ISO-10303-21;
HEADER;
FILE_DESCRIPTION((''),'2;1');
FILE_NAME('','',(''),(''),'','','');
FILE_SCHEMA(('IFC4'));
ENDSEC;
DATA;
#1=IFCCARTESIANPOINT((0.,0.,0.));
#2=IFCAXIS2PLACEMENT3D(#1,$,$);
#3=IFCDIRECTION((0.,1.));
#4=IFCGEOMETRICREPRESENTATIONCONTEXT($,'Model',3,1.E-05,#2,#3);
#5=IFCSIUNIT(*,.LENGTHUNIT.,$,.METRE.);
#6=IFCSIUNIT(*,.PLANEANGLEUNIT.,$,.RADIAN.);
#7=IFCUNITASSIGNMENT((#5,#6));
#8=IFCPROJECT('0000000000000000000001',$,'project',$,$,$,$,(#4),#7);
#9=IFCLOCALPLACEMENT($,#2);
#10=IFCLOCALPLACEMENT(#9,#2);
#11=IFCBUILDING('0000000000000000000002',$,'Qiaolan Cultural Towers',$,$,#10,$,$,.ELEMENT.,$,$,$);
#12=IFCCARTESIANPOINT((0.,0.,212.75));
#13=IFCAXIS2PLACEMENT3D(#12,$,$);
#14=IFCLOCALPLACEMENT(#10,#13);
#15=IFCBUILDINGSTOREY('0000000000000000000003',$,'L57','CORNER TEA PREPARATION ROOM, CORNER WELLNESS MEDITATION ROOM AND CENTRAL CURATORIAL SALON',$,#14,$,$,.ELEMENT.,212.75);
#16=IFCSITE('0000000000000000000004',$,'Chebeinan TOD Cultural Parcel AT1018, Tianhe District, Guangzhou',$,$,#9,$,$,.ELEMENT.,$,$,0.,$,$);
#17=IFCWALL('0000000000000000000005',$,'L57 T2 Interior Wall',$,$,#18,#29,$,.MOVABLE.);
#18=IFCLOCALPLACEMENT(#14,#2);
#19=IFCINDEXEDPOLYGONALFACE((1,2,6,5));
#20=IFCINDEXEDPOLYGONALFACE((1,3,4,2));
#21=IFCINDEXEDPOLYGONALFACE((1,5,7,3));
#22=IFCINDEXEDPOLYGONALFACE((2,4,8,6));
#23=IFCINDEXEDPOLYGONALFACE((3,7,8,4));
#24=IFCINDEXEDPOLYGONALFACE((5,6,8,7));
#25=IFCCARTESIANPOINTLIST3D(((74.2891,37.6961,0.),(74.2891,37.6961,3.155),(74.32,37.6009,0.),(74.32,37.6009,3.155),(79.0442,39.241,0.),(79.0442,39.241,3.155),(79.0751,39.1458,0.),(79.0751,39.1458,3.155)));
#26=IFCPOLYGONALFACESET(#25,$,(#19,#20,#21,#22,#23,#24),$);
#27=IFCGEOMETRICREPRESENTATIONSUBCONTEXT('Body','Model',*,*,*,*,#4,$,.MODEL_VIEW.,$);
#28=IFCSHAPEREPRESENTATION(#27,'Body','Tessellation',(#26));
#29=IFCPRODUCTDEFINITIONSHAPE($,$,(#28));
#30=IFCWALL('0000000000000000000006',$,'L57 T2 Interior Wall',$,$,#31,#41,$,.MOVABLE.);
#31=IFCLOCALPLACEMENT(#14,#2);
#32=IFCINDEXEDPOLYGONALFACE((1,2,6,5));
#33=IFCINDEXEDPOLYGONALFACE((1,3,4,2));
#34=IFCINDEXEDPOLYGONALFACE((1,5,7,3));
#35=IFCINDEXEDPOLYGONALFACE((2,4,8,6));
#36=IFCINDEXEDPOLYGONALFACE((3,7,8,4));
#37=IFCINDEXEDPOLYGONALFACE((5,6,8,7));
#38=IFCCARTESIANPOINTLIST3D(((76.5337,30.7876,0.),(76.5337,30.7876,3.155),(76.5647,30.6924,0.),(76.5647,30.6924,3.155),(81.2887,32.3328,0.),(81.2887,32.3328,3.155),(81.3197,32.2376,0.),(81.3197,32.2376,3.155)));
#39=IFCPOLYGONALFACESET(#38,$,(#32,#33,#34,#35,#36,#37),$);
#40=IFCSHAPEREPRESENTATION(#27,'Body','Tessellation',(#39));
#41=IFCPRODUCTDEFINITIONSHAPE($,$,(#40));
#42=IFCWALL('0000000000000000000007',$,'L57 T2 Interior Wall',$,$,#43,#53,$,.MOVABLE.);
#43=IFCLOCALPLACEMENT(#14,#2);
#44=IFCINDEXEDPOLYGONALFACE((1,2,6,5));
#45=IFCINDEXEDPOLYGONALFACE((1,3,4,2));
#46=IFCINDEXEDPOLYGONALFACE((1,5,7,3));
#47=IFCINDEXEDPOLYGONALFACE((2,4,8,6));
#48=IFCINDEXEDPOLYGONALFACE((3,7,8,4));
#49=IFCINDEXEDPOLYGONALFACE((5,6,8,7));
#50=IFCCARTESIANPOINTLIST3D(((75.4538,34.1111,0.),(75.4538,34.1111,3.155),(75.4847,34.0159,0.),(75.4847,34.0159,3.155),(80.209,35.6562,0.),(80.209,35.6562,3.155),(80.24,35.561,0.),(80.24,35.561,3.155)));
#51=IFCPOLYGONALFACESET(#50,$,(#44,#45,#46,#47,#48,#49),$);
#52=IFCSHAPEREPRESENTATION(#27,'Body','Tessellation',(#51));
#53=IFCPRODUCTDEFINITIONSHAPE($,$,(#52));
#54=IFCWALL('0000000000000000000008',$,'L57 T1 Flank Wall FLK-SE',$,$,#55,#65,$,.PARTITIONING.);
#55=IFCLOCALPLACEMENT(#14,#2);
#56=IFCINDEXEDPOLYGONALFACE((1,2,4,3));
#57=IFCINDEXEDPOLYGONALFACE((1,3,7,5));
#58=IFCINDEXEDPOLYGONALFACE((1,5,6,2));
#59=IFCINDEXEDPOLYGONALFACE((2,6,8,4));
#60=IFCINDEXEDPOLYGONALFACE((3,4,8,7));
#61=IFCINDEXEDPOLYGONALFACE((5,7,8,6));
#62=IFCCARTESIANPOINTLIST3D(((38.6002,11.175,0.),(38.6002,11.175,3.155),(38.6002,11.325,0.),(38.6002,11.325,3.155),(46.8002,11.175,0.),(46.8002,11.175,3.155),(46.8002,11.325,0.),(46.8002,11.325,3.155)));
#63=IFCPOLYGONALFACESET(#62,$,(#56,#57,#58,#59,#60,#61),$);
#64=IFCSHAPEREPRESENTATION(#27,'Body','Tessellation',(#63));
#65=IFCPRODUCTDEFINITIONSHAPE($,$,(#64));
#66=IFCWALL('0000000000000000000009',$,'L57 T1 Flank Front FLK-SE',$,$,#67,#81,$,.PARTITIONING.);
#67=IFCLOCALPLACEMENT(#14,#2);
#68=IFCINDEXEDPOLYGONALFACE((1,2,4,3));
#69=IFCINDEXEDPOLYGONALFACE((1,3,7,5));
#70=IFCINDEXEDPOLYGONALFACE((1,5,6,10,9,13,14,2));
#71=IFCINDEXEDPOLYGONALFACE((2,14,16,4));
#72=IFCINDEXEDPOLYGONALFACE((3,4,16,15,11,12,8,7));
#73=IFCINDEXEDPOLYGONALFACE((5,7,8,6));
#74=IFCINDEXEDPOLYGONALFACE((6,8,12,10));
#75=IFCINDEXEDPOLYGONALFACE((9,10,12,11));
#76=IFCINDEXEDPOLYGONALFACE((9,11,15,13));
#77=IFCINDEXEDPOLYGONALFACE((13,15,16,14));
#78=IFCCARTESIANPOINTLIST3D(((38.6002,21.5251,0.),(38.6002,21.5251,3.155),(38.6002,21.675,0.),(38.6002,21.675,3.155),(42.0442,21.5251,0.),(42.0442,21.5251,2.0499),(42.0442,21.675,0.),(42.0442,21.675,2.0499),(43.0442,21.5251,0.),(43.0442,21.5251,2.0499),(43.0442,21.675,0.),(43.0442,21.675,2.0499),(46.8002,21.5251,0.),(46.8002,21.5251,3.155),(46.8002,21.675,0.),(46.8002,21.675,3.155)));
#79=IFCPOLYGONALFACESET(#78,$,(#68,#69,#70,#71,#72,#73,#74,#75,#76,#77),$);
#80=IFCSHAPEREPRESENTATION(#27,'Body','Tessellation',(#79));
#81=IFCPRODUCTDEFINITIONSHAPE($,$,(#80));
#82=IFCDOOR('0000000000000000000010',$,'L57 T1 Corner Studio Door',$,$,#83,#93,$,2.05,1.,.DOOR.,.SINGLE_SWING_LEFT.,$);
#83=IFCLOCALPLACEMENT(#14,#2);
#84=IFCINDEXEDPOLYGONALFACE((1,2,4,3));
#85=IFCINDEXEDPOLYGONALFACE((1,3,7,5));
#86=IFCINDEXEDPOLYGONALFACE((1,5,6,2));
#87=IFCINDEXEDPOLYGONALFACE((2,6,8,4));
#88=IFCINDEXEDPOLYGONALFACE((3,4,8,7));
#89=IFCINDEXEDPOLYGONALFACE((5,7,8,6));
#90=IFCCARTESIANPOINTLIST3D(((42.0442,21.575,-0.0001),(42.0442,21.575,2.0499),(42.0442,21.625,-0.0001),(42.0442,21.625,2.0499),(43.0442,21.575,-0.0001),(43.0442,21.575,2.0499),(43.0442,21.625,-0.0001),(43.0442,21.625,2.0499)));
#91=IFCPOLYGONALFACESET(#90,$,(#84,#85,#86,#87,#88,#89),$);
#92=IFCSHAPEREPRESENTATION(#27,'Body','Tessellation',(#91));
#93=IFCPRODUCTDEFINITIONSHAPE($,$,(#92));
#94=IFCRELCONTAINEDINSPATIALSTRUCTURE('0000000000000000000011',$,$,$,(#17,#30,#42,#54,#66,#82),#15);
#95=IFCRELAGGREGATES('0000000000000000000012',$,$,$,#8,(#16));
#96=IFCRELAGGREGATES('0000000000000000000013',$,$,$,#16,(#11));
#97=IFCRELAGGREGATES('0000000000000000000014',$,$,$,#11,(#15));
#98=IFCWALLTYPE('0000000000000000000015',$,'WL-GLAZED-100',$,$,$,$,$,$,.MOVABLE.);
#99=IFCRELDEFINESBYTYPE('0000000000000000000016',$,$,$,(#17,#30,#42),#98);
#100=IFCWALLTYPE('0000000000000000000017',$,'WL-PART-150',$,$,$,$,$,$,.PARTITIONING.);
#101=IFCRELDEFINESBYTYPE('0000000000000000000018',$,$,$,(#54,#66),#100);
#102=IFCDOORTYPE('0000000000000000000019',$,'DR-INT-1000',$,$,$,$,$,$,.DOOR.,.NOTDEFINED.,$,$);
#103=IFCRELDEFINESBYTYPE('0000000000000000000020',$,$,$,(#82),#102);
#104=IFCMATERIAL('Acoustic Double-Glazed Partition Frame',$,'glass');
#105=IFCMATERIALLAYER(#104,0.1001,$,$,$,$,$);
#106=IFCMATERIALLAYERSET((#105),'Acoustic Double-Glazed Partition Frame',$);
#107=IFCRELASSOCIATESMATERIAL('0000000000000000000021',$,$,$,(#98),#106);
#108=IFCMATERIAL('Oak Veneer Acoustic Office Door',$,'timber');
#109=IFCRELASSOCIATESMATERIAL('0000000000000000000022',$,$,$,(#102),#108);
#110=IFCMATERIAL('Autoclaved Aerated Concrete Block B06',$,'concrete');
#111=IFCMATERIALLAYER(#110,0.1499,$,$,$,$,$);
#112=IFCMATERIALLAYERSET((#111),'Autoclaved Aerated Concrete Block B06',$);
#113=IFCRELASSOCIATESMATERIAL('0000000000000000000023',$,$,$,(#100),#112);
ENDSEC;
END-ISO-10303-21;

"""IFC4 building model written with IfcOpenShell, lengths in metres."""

from ifc_helpers import new_model, si_unit, direction, frame, frame_2d, origin, place, context, subcontext, project, spatial, rectangle, extrude, material, layer, layer_set, type_object, element, fill, save


model = new_model("IFC4")

# Units and contexts
model_context = context("Model", 3, precision=1e-05, world=origin(), true_north=direction((0.0, 1.0)))
body_context = subcontext(model_context, "Body", "Model", "MODEL_VIEW")
ifc_project = project(units=[si_unit("LENGTHUNIT", "METRE"), si_unit("PLANEANGLEUNIT", "RADIAN")], contexts=[model_context])

# Site, building, storey
site_placement = place(None, origin())
site = spatial("IfcSite", under=ifc_project, at=site_placement, Name="Chebeinan TOD Cultural Parcel AT1018, Tianhe District, Guangzhou", CompositionType="ELEMENT", RefElevation=0.0)
building_placement = place(site_placement, origin())
building = spatial("IfcBuilding", under=site, at=building_placement, Name="Qiaolan Cultural Towers", CompositionType="ELEMENT")
storey_placement = place(building_placement, frame((0.0, 0.0, 212.75)))
storey = spatial("IfcBuildingStorey", under=building, at=storey_placement, Name="L57", Description="CORNER TEA PREPARATION ROOM, CORNER WELLNESS MEDITATION ROOM AND CENTRAL CURATORIAL SALON", CompositionType="ELEMENT", Elevation=212.75)

# Shared definitions
ifc_material_1 = material(Name="Acoustic Double-Glazed Partition Frame", Category="glass")
ifc_layer_1 = layer(ifc_material_1, 0.1001)
ifc_layer_set_1 = layer_set([ifc_layer_1], Name="Acoustic Double-Glazed Partition Frame")
wall_type_1 = type_object("IfcWallType", Name="WL-GLAZED-100", PredefinedType="MOVABLE", material=ifc_layer_set_1)

# Shared definitions
ifc_material_2 = material(Name="Oak Veneer Acoustic Office Door", Category="timber")
door_type_1 = type_object("IfcDoorType", Name="DR-INT-1000", OperationType="NOTDEFINED", PredefinedType="DOOR", material=ifc_material_2)

# Walls
for number, where, z_axis, x_axis, name in (
    (1, (74.3044, 37.6484, 0.0), (0.0, 0.0, 1.0), (0.951063, 0.308997, 0.0), "L57 T2 Interior Wall"),
    (2, (76.5491, 30.74, 0.0), (0.0, 0.0, 1.0), (0.951049, 0.309041, 0.0), "L57 T2 Interior Wall"),
):
    element("IfcWall", number, at=place(storey_placement, frame(where, z_axis=z_axis, x_axis=x_axis)), inside=storey, type_object=wall_type_1, Name=name, PredefinedType="MOVABLE", context=body_context, shape_type="SweptSolid", body=[
        extrude(rectangle(XDim=4.9998, YDim=0.1001, at=frame_2d((2.5, 0.0))), origin(), (0.0, 0.0, 1.0), 3.155),
    ])
wall_1_placement = place(storey_placement, frame((75.4692, 34.0635, 0.0), z_axis=(0.0, 0.0, 1.0), x_axis=(0.951053, 0.309026, 0.0)))
element("IfcWall", 3, at=wall_1_placement, inside=storey, type_object=wall_type_1, Name="L57 T2 Interior Wall", PredefinedType="MOVABLE", context=body_context, shape_type="SweptSolid", body=[
    extrude(rectangle(XDim=5.0, YDim=0.1001, at=frame_2d((2.5, 0.0))), origin(), (0.0, 0.0, 1.0), 3.155),
])
ifc_material_3 = material(Name="Autoclaved Aerated Concrete Block B06", Category="concrete")
ifc_layer_2 = layer(ifc_material_3, 0.1499)
ifc_layer_set_2 = layer_set([ifc_layer_2], Name="Autoclaved Aerated Concrete Block B06")
wall_type_2 = type_object("IfcWallType", Name="WL-PART-150", PredefinedType="PARTITIONING", material=ifc_layer_set_2)
wall_2_placement = place(storey_placement, frame((38.6001, 11.25, 0.0), z_axis=(0.0, 0.0, 1.0), x_axis=(1.0, 0.0, 0.0)))
element("IfcWall", 4, at=wall_2_placement, inside=storey, type_object=wall_type_2, Name="L57 T1 Flank Wall FLK-SE", PredefinedType="PARTITIONING", context=body_context, shape_type="SweptSolid", body=[
    extrude(rectangle(XDim=8.2, YDim=0.1499, at=frame_2d((4.1001, 0.0))), origin(), (0.0, 0.0, 1.0), 3.155),
])

# Wall, opening, door
wall_3_placement = place(storey_placement, frame((38.6001, 21.6001, 0.0), z_axis=(0.0, 0.0, 1.0), x_axis=(1.0, 0.0, 0.0)))
wall_3 = element("IfcWall", 5, at=wall_3_placement, inside=storey, type_object=wall_type_2, Name="L57 T1 Flank Front FLK-SE", PredefinedType="PARTITIONING", context=body_context, shape_type="SweptSolid", body=[
    extrude(rectangle(XDim=8.2, YDim=0.1499, at=frame_2d((4.1001, 0.0))), origin(), (0.0, 0.0, 1.0), 3.155),
])
opening_1_placement = place(wall_3_placement, frame((3.4441, 0.0, 0.0)))
opening_1 = element("IfcOpeningElement", 6, at=opening_1_placement, cuts=wall_3, PredefinedType="OPENING", context=body_context, shape_type="SweptSolid", body=[
    extrude(rectangle(XDim=1.0, YDim=2.05, at=frame_2d((0.5, 1.0249))), frame((0.0, 0.085, 0.0), z_axis=(0.0, -1.0, 0.0), x_axis=(1.0, 0.0, 0.0)), (0.0, 0.0, 1.0), 0.1699),
])
door_1_placement = place(opening_1_placement, origin())
door_1 = element("IfcDoor", 7, at=door_1_placement, inside=storey, type_object=door_type_1, Name="L57 T1 Corner Studio Door", OperationType="SINGLE_SWING_LEFT", OverallHeight=2.05, OverallWidth=1.0, PredefinedType="DOOR", context=body_context, shape_type="SweptSolid", body=[
    extrude(rectangle(XDim=1.0, YDim=2.05, at=frame_2d((0.5, 1.0249))), frame((0.0, 0.0249, 0.0), z_axis=(0.0, -1.0, 0.0), x_axis=(1.0, 0.0, 0.0)), (0.0, 0.0, 1.0), 0.05),
])
fill(opening_1, door_1)

save(model, "model.ifc")
